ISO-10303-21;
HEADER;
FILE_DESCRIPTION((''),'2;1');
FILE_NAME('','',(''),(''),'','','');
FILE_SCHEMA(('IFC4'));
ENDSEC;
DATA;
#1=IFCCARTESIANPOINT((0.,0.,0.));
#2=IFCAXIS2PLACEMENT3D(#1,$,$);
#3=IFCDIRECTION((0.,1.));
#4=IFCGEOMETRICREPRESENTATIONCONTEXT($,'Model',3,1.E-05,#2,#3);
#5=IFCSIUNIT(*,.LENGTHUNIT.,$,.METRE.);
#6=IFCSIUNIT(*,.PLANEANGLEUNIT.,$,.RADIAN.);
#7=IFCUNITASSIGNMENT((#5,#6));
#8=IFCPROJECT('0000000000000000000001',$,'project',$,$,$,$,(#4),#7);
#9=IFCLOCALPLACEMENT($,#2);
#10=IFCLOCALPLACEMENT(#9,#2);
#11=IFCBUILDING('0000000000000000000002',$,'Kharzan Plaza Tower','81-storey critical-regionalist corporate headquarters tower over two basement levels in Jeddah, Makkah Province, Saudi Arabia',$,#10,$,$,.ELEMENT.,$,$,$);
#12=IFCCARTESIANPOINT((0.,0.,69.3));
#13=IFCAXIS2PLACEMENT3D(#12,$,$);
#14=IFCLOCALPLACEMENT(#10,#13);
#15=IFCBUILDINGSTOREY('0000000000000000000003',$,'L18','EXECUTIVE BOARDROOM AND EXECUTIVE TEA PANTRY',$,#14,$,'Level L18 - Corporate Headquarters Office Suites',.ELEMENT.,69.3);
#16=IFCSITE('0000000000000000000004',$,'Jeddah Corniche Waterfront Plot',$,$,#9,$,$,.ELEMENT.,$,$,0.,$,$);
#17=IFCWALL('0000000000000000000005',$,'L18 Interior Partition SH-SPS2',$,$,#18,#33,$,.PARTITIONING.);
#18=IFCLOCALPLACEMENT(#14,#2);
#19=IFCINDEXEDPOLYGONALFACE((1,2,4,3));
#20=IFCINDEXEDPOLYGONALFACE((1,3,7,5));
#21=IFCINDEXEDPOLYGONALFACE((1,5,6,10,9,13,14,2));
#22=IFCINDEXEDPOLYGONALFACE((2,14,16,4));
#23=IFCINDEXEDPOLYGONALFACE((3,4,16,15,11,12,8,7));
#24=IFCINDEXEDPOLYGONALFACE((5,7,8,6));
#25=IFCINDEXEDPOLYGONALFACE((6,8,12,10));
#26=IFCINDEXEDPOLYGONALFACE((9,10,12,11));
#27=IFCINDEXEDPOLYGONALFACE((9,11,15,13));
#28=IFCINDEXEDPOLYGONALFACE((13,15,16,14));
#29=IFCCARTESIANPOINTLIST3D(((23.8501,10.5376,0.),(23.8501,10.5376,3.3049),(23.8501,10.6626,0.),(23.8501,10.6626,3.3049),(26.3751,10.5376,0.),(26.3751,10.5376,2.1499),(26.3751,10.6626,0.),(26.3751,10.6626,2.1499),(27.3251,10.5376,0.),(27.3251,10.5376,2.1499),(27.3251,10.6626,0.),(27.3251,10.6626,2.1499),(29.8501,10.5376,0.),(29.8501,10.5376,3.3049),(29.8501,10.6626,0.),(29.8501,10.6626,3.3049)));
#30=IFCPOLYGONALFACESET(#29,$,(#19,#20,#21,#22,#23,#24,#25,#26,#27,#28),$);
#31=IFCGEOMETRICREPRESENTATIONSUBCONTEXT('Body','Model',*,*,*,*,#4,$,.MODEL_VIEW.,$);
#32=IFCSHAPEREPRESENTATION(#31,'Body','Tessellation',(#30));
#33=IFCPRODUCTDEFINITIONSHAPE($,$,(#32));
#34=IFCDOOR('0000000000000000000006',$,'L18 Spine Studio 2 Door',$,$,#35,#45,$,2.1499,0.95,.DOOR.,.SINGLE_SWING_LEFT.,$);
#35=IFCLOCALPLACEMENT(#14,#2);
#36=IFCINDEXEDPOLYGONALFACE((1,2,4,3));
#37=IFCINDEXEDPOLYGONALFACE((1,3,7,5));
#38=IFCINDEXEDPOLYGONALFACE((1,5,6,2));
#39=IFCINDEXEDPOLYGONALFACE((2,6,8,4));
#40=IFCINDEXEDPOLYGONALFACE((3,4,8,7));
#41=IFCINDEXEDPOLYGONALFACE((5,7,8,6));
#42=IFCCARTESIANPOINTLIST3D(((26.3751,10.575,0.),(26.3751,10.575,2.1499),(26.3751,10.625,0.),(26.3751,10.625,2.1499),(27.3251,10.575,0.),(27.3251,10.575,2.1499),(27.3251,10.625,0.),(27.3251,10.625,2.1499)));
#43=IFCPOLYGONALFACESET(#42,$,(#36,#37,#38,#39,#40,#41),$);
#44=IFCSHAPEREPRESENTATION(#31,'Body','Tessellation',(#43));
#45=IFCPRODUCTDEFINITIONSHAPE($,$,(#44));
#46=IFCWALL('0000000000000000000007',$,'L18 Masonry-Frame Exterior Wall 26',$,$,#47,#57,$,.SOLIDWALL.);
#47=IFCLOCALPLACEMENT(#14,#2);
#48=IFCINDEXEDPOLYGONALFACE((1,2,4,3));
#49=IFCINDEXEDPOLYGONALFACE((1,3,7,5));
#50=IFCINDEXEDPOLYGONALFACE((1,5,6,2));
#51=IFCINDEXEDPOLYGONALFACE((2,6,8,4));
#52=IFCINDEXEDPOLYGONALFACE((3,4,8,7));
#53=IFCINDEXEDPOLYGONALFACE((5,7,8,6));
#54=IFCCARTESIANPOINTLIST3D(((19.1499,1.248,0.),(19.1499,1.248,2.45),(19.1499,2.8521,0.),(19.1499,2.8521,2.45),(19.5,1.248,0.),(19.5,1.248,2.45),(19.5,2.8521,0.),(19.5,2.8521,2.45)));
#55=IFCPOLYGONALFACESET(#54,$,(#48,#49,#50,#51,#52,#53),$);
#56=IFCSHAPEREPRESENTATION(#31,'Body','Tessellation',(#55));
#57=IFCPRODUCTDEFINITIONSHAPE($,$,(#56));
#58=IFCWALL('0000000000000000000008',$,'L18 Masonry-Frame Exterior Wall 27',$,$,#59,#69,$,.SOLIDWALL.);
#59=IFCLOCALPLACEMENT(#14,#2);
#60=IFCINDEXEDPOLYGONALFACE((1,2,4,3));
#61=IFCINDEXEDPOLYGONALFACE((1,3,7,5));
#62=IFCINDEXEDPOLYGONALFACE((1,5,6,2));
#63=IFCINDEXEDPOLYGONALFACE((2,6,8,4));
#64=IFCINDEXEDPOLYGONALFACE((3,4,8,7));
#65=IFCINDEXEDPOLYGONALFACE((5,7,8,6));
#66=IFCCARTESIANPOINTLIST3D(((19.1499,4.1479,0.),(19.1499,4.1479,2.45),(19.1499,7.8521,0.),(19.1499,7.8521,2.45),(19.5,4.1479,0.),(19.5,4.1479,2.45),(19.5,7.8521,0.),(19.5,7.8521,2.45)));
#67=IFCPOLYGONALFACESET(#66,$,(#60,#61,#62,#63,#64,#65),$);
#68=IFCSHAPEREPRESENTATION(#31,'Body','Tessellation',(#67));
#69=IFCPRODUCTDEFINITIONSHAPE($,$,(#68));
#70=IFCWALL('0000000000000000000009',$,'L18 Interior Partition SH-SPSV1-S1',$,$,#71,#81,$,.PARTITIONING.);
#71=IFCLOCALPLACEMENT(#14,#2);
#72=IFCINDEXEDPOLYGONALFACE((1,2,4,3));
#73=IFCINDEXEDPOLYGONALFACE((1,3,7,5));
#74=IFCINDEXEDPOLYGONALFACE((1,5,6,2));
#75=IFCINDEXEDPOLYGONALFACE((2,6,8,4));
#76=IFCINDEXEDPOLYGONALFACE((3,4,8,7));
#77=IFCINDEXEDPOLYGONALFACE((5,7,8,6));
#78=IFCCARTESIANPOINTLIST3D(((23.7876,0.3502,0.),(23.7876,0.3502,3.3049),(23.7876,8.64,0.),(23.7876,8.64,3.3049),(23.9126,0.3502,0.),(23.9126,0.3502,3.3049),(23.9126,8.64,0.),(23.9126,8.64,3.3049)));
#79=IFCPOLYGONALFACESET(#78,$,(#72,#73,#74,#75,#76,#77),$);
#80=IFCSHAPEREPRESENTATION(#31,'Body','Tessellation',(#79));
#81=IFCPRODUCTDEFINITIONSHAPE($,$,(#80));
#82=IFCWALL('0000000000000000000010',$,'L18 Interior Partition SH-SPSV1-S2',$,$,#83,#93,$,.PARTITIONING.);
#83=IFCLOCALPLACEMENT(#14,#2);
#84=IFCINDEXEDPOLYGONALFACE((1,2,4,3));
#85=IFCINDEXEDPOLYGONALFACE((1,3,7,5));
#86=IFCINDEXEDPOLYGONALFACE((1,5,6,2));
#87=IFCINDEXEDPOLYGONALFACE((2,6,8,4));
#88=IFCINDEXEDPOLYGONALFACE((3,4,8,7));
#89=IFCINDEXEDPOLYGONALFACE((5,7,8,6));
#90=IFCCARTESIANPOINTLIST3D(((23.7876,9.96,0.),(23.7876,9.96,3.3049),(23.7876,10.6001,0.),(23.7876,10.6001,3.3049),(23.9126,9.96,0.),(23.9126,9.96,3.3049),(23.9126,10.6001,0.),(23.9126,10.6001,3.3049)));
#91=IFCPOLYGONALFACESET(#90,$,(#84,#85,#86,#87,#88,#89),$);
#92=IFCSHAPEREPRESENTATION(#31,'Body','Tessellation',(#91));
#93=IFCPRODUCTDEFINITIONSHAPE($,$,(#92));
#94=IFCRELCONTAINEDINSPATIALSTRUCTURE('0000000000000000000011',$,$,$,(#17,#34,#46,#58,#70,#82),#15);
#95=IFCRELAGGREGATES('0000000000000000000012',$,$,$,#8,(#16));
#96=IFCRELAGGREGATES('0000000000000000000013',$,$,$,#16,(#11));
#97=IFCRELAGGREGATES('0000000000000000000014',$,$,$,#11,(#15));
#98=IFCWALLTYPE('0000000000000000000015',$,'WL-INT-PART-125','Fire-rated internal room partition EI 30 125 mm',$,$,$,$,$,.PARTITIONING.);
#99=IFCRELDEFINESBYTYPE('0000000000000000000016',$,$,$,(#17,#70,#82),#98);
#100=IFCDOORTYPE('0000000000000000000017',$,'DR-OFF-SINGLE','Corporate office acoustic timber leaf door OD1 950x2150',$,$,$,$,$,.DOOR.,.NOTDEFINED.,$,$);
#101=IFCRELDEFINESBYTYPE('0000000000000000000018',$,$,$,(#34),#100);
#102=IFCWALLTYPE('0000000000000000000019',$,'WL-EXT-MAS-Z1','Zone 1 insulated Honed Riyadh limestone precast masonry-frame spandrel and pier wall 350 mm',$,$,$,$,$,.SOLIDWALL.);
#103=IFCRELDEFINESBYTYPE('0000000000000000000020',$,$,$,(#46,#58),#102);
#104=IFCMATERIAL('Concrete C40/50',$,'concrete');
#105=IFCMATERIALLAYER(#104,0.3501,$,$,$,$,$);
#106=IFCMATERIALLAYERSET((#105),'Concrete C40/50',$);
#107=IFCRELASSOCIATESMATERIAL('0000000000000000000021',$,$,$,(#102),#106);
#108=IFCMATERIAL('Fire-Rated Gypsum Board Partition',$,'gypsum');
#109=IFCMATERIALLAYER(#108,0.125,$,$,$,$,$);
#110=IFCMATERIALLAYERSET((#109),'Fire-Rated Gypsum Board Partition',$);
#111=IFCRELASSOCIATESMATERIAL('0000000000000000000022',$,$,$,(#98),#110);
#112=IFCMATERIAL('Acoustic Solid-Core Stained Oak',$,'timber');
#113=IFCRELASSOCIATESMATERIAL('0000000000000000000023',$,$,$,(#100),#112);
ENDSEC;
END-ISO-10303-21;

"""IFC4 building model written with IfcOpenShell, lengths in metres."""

from ifc_helpers import new_model, si_unit, direction, frame, frame_2d, origin, place, context, subcontext, project, spatial, rectangle, extrude, source, transform, mapped, material, layer, layer_set, type_object, element, fill, save


model = new_model("IFC4")

# Units and contexts
model_context = context("Model", 3, precision=1e-05, world=origin(), true_north=direction((0.0, 1.0)))
body_context = subcontext(model_context, "Body", "Model", "MODEL_VIEW")
ifc_project = project(units=[si_unit("LENGTHUNIT", "METRE"), si_unit("PLANEANGLEUNIT", "RADIAN")], contexts=[model_context])

# Site, building, storey
site_placement = place(None, origin())
site = spatial("IfcSite", under=ifc_project, at=site_placement, Name="Jeddah Corniche Waterfront Plot", CompositionType="ELEMENT", RefElevation=0.0)
building_placement = place(site_placement, origin())
building = spatial("IfcBuilding", under=site, at=building_placement, Name="Kharzan Plaza Tower", Description="81-storey critical-regionalist corporate headquarters tower over two basement levels in Jeddah, Makkah Province, Saudi Arabia", CompositionType="ELEMENT")
storey_placement = place(building_placement, frame((0.0, 0.0, 69.3)))
storey = spatial("IfcBuildingStorey", under=building, at=storey_placement, Name="L18", Description="EXECUTIVE BOARDROOM AND EXECUTIVE TEA PANTRY", LongName="Level L18 - Corporate Headquarters Office Suites", CompositionType="ELEMENT", Elevation=69.3)

# Shared definitions
ifc_material_1 = material(Name="Concrete C40/50", Category="concrete")
ifc_layer_1 = layer(ifc_material_1, 0.3501)
ifc_layer_set_1 = layer_set([ifc_layer_1], Name="Concrete C40/50")
wall_type_1 = type_object("IfcWallType", Name="WL-EXT-MAS-Z1", Description="Zone 1 insulated Honed Riyadh limestone precast masonry-frame spandrel and pier wall 350 mm", PredefinedType="SOLIDWALL", material=ifc_layer_set_1)

# Wall, opening, door
ifc_material_2 = material(Name="Fire-Rated Gypsum Board Partition", Category="gypsum")
ifc_layer_2 = layer(ifc_material_2, 0.125)
ifc_layer_set_2 = layer_set([ifc_layer_2], Name="Fire-Rated Gypsum Board Partition")
wall_type_2 = type_object("IfcWallType", Name="WL-INT-PART-125", Description="Fire-rated internal room partition EI 30 125 mm", PredefinedType="PARTITIONING", material=ifc_layer_set_2)
ifc_material_3 = material(Name="Acoustic Solid-Core Stained Oak", Category="timber")
door_type = type_object("IfcDoorType", Name="DR-OFF-SINGLE", Description="Corporate office acoustic timber leaf door OD1 950x2150", OperationType="NOTDEFINED", PredefinedType="DOOR", material=ifc_material_3)
shared_shape_1 = source(origin(), body_context, "Body", "SweptSolid", [
    extrude(rectangle(XDim=0.95, YDim=2.1499, at=frame_2d((0.4751, 1.075))), frame((0.0, 0.0249, 0.0), z_axis=(0.0, -1.0, 0.0), x_axis=(1.0, 0.0, 0.0)), (0.0, 0.0, 1.0), 0.05),
])
wall_1_placement = place(storey_placement, frame((23.8501, 10.6001, 0.0), z_axis=(0.0, 0.0, 1.0), x_axis=(1.0, 0.0, 0.0)))
wall_1 = element("IfcWall", 1, at=wall_1_placement, inside=storey, type_object=wall_type_2, Name="L18 Interior Partition SH-SPS2", PredefinedType="PARTITIONING", context=body_context, shape_type="SweptSolid", body=[
    extrude(rectangle(XDim=6.0, YDim=0.125, at=frame_2d((3.0, 0.0))), origin(), (0.0, 0.0, 1.0), 3.3049),
])
opening_1_placement = place(wall_1_placement, frame((2.5249, 0.0, 0.0)))
opening_1 = element("IfcOpeningElement", 2, at=opening_1_placement, cuts=wall_1, PredefinedType="OPENING", context=body_context, shape_type="SweptSolid", body=[
    extrude(rectangle(XDim=0.95, YDim=2.1499, at=frame_2d((0.4751, 1.075))), frame((0.0, 0.0725, 0.0), z_axis=(0.0, -1.0, 0.0), x_axis=(1.0, 0.0, 0.0)), (0.0, 0.0, 1.0), 0.145),
])
door_1_placement = place(opening_1_placement, origin())
door_1 = element("IfcDoor", 3, at=door_1_placement, inside=storey, type_object=door_type, Name="L18 Spine Studio 2 Door", OperationType="SINGLE_SWING_LEFT", OverallHeight=2.1499, OverallWidth=0.95, PredefinedType="DOOR", context=body_context, shape_type="MappedRepresentation", body=[
    mapped(shared_shape_1, transform((0.0, 0.0, 0.0), x_axis=(1.0, 0.0, 0.0), y_axis=(0.0, 1.0, 0.0), z_axis=(0.0, 0.0, 1.0))),
])
fill(opening_1, door_1)

# Walls
shared_shape_2 = source(origin(), body_context, "Body", "SweptSolid", [
    extrude(rectangle(XDim=1.604, YDim=0.3501, at=frame_2d((0.802, 0.0))), origin(), (0.0, 0.0, 1.0), 2.45),
])
wall_2_placement = place(storey_placement, frame((19.325, 1.248, 0.0), z_axis=(0.0, 0.0, 1.0), x_axis=(0.0, 1.0, 0.0)))
element("IfcWall", 4, at=wall_2_placement, inside=storey, type_object=wall_type_1, Name="L18 Masonry-Frame Exterior Wall 26", PredefinedType="SOLIDWALL", context=body_context, shape_type="MappedRepresentation", body=[
    mapped(shared_shape_2, transform((0.0, 0.0, 0.0), x_axis=(1.0, 0.0, 0.0), y_axis=(0.0, 1.0, 0.0), z_axis=(0.0, 0.0, 1.0))),
])
shared_shape_3 = source(origin(), body_context, "Body", "SweptSolid", [
    extrude(rectangle(XDim=3.7041, YDim=0.3501, at=frame_2d((1.8521, 0.0))), origin(), (0.0, 0.0, 1.0), 2.45),
])
wall_3_placement = place(storey_placement, frame((19.325, 4.1479, 0.0), z_axis=(0.0, 0.0, 1.0), x_axis=(0.0, 1.0, 0.0)))
element("IfcWall", 5, at=wall_3_placement, inside=storey, type_object=wall_type_1, Name="L18 Masonry-Frame Exterior Wall 27", PredefinedType="SOLIDWALL", context=body_context, shape_type="MappedRepresentation", body=[
    mapped(shared_shape_3, transform((0.0, 0.0, 0.0), x_axis=(1.0, 0.0, 0.0), y_axis=(0.0, 1.0, 0.0), z_axis=(0.0, 0.0, 1.0))),
])
shared_shape_4 = source(origin(), body_context, "Body", "SweptSolid", [
    extrude(rectangle(XDim=8.2898, YDim=0.125, at=frame_2d((4.145, 0.0))), origin(), (0.0, 0.0, 1.0), 3.3049),
])
wall_4_placement = place(storey_placement, frame((23.8501, 0.3501, 0.0), z_axis=(0.0, 0.0, 1.0), x_axis=(0.0, 1.0, 0.0)))
element("IfcWall", 6, at=wall_4_placement, inside=storey, type_object=wall_type_2, Name="L18 Interior Partition SH-SPSV1-S1", PredefinedType="PARTITIONING", context=body_context, shape_type="MappedRepresentation", body=[
    mapped(shared_shape_4, transform((0.0, 0.0, 0.0), x_axis=(1.0, 0.0, 0.0), y_axis=(0.0, 1.0, 0.0), z_axis=(0.0, 0.0, 1.0))),
])
shared_shape_5 = source(origin(), body_context, "Body", "SweptSolid", [
    extrude(rectangle(XDim=0.6401, YDim=0.125, at=frame_2d((0.3201, 0.0))), origin(), (0.0, 0.0, 1.0), 3.3049),
])
wall_5_placement = place(storey_placement, frame((23.8501, 9.96, 0.0), z_axis=(0.0, 0.0, 1.0), x_axis=(0.0, 1.0, 0.0)))
element("IfcWall", 7, at=wall_5_placement, inside=storey, type_object=wall_type_2, Name="L18 Interior Partition SH-SPSV1-S2", PredefinedType="PARTITIONING", context=body_context, shape_type="MappedRepresentation", body=[
    mapped(shared_shape_5, transform((0.0, 0.0, 0.0), x_axis=(1.0, 0.0, 0.0), y_axis=(0.0, 1.0, 0.0), z_axis=(0.0, 0.0, 1.0))),
])

save(model, "model.ifc")
